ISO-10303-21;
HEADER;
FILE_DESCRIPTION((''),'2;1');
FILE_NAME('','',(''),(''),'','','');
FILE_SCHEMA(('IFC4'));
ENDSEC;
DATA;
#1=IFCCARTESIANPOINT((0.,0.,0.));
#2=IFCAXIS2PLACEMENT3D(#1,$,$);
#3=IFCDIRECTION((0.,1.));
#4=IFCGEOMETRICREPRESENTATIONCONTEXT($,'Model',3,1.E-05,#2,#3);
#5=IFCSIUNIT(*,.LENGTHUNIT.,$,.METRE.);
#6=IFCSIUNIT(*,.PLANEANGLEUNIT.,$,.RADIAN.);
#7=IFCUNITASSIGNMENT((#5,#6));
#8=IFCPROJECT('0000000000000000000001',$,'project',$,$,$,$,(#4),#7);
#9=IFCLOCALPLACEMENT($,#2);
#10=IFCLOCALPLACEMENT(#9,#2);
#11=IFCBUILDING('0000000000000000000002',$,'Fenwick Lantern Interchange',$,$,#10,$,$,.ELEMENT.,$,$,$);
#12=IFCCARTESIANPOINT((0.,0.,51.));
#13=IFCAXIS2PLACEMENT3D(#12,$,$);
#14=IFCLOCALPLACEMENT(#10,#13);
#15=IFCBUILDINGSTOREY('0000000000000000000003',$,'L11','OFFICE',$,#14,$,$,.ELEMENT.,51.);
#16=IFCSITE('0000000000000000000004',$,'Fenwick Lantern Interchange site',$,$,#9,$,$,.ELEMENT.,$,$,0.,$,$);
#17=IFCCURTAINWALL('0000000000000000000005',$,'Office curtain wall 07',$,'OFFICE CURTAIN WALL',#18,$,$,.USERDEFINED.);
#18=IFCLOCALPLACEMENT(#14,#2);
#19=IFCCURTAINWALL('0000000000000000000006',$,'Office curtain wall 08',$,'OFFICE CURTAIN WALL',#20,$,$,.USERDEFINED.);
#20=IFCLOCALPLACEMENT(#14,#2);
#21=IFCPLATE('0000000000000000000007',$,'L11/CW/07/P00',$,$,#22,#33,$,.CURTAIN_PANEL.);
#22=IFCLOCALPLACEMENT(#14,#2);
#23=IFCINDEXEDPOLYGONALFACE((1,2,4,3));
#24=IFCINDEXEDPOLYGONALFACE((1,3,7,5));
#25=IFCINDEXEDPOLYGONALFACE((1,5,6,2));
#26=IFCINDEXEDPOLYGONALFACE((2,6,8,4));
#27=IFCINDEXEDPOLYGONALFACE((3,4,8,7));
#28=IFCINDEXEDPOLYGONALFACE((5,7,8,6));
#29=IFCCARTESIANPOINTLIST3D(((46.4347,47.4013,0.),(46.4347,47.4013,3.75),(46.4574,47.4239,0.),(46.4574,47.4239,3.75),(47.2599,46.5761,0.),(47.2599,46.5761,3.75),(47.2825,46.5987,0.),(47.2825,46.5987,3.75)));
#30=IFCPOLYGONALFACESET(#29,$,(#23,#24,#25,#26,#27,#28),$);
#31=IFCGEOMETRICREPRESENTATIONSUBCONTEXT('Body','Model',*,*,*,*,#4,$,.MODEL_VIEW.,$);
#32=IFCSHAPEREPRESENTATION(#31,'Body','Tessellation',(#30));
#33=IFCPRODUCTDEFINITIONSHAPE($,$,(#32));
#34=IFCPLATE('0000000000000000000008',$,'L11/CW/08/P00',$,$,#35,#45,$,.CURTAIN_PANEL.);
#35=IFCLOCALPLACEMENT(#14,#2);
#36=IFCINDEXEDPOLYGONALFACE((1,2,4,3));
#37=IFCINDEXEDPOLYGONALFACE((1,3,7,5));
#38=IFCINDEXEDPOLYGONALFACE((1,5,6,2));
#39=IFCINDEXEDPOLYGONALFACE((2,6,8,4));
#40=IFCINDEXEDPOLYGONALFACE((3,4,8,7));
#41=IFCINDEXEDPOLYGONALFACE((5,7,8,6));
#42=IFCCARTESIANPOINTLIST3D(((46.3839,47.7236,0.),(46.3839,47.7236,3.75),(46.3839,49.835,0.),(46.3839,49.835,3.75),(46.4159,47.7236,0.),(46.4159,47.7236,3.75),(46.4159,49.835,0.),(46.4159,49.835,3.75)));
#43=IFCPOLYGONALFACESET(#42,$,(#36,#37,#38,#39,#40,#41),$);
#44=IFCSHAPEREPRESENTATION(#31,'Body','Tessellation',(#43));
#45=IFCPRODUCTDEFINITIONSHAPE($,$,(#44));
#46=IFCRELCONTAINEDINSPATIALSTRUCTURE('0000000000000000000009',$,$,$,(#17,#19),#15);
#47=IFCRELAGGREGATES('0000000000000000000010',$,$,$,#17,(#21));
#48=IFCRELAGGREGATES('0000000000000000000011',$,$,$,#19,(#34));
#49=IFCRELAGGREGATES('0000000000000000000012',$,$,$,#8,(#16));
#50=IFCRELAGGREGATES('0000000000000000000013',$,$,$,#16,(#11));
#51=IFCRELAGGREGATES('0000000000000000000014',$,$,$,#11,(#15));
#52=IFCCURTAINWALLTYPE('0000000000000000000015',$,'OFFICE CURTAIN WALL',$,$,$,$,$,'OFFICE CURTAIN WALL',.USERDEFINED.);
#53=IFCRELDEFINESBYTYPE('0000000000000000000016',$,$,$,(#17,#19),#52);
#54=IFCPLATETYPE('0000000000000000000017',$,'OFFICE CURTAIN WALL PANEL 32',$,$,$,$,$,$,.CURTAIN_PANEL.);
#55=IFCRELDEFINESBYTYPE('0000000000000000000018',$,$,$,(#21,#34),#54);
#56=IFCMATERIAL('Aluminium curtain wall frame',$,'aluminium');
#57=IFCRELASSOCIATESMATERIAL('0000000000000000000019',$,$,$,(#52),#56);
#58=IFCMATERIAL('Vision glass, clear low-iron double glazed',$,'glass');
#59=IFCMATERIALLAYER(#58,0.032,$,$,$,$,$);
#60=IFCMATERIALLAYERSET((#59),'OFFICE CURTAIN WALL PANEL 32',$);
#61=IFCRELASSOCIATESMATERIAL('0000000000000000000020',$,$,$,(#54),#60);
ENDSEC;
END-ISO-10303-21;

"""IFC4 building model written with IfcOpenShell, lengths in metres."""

from ifc_helpers import new_model, si_unit, direction, frame, origin, origin_2d, place, context, subcontext, project, spatial, rectangle, extrude, material, layer, layer_set, type_object, element, aggregate, save


model = new_model("IFC4")

# Units and contexts
model_context = context("Model", 3, precision=1e-05, world=origin(), true_north=direction((0.0, 1.0)))
body_context = subcontext(model_context, "Body", "Model", "MODEL_VIEW")
ifc_project = project(units=[si_unit("LENGTHUNIT", "METRE"), si_unit("PLANEANGLEUNIT", "RADIAN")], contexts=[model_context])

# Site, building, storey
site_placement = place(None, origin())
site = spatial("IfcSite", under=ifc_project, at=site_placement, Name="Fenwick Lantern Interchange site", CompositionType="ELEMENT", RefElevation=0.0)
building_placement = place(site_placement, origin())
building = spatial("IfcBuilding", under=site, at=building_placement, Name="Fenwick Lantern Interchange", CompositionType="ELEMENT")
storey_placement = place(building_placement, frame((0.0, 0.0, 51.0)))
storey = spatial("IfcBuildingStorey", under=building, at=storey_placement, Name="L11", Description="OFFICE", CompositionType="ELEMENT", Elevation=51.0)

# Shared definitions
ifc_material_1 = material(Name="Aluminium curtain wall frame", Category="aluminium")
curtain_wall_type = type_object("IfcCurtainWallType", Name="OFFICE CURTAIN WALL", ElementType="OFFICE CURTAIN WALL", PredefinedType="USERDEFINED", material=ifc_material_1)

# Curtain walls
curtain_wall_1_placement = place(storey_placement, origin())
curtain_wall_1 = element("IfcCurtainWall", 1, at=curtain_wall_1_placement, inside=storey, type_object=curtain_wall_type, Name="Office curtain wall 07", ObjectType="OFFICE CURTAIN WALL", PredefinedType="USERDEFINED")
curtain_wall_2_placement = place(storey_placement, origin())
curtain_wall_2 = element("IfcCurtainWall", 2, at=curtain_wall_2_placement, inside=storey, type_object=curtain_wall_type, Name="Office curtain wall 08", ObjectType="OFFICE CURTAIN WALL", PredefinedType="USERDEFINED")

# Plates
ifc_material_2 = material(Name="Vision glass, clear low-iron double glazed", Category="glass")
ifc_layer_1 = layer(ifc_material_2, 0.032)
ifc_layer_set_1 = layer_set([ifc_layer_1], Name="OFFICE CURTAIN WALL PANEL 32")
plate_type = type_object("IfcPlateType", Name="OFFICE CURTAIN WALL PANEL 32", PredefinedType="CURTAIN_PANEL", material=ifc_layer_set_1)
plate_1_placement = place(storey_placement, frame((46.8586, 47.0, 0.0), z_axis=(0.0, 0.0, 1.0), x_axis=(-0.707107, 0.707107, 0.0)))
plate_1 = element("IfcPlate", 3, at=plate_1_placement, type_object=plate_type, Name="L11/CW/07/P00", PredefinedType="CURTAIN_PANEL", context=body_context, shape_type="SweptSolid", body=[
    extrude(rectangle(XDim=1.167, YDim=0.032, at=origin_2d()), origin(), (0.0, 0.0, 1.0), 3.75),
])
aggregate(curtain_wall_1, [plate_1])
plate_2_placement = place(storey_placement, frame((46.3999, 48.7793, 0.0), z_axis=(0.0, 0.0, 1.0), x_axis=(0.0, 1.0, 0.0)))
plate_2 = element("IfcPlate", 4, at=plate_2_placement, type_object=plate_type, Name="L11/CW/08/P00", PredefinedType="CURTAIN_PANEL", context=body_context, shape_type="SweptSolid", body=[
    extrude(rectangle(XDim=2.1113, YDim=0.032, at=origin_2d()), origin(), (0.0, 0.0, 1.0), 3.75),
])
aggregate(curtain_wall_2, [plate_2])

save(model, "model.ifc")
